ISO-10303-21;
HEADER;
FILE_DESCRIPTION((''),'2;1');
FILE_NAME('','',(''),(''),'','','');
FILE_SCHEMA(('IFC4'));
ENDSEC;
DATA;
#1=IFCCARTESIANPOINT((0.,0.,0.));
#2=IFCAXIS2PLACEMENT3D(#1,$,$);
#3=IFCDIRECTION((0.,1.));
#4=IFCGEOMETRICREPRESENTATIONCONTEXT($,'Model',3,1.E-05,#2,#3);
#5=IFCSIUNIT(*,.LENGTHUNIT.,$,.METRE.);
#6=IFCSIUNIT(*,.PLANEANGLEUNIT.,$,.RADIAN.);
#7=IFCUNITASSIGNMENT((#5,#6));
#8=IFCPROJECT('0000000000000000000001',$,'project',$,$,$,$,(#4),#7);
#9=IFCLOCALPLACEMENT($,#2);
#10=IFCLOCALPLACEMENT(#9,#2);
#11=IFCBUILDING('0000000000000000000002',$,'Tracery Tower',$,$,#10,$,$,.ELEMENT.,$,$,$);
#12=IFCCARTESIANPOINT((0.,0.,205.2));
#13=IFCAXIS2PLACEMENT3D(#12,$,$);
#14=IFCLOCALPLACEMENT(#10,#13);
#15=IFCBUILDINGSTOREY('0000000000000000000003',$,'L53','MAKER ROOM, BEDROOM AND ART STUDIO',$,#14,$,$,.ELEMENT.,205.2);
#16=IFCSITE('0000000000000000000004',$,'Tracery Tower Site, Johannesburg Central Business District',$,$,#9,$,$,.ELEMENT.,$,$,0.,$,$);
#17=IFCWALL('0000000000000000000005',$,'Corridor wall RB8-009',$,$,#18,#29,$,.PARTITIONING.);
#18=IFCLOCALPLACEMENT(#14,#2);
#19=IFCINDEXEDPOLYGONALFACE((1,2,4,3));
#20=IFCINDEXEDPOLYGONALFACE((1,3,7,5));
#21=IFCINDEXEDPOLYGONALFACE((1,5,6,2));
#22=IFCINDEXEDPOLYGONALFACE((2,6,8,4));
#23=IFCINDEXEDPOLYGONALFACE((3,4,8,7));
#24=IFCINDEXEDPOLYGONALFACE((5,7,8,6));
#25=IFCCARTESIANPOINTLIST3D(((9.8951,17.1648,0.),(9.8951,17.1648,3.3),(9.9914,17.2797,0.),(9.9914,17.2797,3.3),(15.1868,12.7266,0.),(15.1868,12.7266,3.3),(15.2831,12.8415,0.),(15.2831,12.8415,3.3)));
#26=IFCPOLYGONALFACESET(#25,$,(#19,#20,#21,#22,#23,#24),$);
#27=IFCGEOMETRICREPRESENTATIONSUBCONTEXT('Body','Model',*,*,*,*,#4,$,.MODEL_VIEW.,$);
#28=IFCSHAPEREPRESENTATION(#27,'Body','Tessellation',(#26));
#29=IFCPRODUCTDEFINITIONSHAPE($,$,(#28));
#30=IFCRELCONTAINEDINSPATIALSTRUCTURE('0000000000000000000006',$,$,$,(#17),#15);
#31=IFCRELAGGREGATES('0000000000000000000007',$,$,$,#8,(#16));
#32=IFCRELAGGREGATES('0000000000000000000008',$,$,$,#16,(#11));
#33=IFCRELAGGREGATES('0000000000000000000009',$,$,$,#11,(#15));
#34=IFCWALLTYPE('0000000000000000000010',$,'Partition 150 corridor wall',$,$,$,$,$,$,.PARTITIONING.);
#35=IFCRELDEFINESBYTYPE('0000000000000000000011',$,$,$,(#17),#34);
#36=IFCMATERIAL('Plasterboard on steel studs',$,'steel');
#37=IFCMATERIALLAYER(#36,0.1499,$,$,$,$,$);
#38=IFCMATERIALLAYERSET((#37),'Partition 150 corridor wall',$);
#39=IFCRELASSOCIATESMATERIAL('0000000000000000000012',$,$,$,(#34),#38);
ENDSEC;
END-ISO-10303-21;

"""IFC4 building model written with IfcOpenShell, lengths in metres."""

from ifc_helpers import new_model, si_unit, direction, frame, frame_2d, origin, place, context, subcontext, project, spatial, rectangle, extrude, material, layer, layer_set, type_object, element, save


model = new_model("IFC4")

# Units and contexts
model_context = context("Model", 3, precision=1e-05, world=origin(), true_north=direction((0.0, 1.0)))
body_context = subcontext(model_context, "Body", "Model", "MODEL_VIEW")
ifc_project = project(units=[si_unit("LENGTHUNIT", "METRE"), si_unit("PLANEANGLEUNIT", "RADIAN")], contexts=[model_context])

# Site, building, storey
site_placement = place(None, origin())
site = spatial("IfcSite", under=ifc_project, at=site_placement, Name="Tracery Tower Site, Johannesburg Central Business District", CompositionType="ELEMENT", RefElevation=0.0)
building_placement = place(site_placement, origin())
building = spatial("IfcBuilding", under=site, at=building_placement, Name="Tracery Tower", CompositionType="ELEMENT")
storey_placement = place(building_placement, frame((0.0, 0.0, 205.2)))
storey = spatial("IfcBuildingStorey", under=building, at=storey_placement, Name="L53", Description="MAKER ROOM, BEDROOM AND ART STUDIO", CompositionType="ELEMENT", Elevation=205.2)

# Shared definitions
ifc_material_1 = material(Name="Plasterboard on steel studs", Category="steel")
ifc_layer_1 = layer(ifc_material_1, 0.1499)
ifc_layer_set_1 = layer_set([ifc_layer_1], Name="Partition 150 corridor wall")
wall_type_1 = type_object("IfcWallType", Name="Partition 150 corridor wall", PredefinedType="PARTITIONING", material=ifc_layer_set_1)

# Wall
wall_1_placement = place(storey_placement, frame((9.9434, 17.2222, 0.0), z_axis=(0.0, 0.0, 1.0), x_axis=(0.766192, -0.642612, 0.0)))
element("IfcWall", 1, at=wall_1_placement, inside=storey, type_object=wall_type_1, Name="Corridor wall RB8-009", PredefinedType="PARTITIONING", context=body_context, shape_type="SweptSolid", body=[
    extrude(rectangle(XDim=6.9065, YDim=0.1499, at=frame_2d((3.4531, 0.0))), origin(), (0.0, 0.0, 1.0), 3.3),
])

save(model, "model.ifc")
